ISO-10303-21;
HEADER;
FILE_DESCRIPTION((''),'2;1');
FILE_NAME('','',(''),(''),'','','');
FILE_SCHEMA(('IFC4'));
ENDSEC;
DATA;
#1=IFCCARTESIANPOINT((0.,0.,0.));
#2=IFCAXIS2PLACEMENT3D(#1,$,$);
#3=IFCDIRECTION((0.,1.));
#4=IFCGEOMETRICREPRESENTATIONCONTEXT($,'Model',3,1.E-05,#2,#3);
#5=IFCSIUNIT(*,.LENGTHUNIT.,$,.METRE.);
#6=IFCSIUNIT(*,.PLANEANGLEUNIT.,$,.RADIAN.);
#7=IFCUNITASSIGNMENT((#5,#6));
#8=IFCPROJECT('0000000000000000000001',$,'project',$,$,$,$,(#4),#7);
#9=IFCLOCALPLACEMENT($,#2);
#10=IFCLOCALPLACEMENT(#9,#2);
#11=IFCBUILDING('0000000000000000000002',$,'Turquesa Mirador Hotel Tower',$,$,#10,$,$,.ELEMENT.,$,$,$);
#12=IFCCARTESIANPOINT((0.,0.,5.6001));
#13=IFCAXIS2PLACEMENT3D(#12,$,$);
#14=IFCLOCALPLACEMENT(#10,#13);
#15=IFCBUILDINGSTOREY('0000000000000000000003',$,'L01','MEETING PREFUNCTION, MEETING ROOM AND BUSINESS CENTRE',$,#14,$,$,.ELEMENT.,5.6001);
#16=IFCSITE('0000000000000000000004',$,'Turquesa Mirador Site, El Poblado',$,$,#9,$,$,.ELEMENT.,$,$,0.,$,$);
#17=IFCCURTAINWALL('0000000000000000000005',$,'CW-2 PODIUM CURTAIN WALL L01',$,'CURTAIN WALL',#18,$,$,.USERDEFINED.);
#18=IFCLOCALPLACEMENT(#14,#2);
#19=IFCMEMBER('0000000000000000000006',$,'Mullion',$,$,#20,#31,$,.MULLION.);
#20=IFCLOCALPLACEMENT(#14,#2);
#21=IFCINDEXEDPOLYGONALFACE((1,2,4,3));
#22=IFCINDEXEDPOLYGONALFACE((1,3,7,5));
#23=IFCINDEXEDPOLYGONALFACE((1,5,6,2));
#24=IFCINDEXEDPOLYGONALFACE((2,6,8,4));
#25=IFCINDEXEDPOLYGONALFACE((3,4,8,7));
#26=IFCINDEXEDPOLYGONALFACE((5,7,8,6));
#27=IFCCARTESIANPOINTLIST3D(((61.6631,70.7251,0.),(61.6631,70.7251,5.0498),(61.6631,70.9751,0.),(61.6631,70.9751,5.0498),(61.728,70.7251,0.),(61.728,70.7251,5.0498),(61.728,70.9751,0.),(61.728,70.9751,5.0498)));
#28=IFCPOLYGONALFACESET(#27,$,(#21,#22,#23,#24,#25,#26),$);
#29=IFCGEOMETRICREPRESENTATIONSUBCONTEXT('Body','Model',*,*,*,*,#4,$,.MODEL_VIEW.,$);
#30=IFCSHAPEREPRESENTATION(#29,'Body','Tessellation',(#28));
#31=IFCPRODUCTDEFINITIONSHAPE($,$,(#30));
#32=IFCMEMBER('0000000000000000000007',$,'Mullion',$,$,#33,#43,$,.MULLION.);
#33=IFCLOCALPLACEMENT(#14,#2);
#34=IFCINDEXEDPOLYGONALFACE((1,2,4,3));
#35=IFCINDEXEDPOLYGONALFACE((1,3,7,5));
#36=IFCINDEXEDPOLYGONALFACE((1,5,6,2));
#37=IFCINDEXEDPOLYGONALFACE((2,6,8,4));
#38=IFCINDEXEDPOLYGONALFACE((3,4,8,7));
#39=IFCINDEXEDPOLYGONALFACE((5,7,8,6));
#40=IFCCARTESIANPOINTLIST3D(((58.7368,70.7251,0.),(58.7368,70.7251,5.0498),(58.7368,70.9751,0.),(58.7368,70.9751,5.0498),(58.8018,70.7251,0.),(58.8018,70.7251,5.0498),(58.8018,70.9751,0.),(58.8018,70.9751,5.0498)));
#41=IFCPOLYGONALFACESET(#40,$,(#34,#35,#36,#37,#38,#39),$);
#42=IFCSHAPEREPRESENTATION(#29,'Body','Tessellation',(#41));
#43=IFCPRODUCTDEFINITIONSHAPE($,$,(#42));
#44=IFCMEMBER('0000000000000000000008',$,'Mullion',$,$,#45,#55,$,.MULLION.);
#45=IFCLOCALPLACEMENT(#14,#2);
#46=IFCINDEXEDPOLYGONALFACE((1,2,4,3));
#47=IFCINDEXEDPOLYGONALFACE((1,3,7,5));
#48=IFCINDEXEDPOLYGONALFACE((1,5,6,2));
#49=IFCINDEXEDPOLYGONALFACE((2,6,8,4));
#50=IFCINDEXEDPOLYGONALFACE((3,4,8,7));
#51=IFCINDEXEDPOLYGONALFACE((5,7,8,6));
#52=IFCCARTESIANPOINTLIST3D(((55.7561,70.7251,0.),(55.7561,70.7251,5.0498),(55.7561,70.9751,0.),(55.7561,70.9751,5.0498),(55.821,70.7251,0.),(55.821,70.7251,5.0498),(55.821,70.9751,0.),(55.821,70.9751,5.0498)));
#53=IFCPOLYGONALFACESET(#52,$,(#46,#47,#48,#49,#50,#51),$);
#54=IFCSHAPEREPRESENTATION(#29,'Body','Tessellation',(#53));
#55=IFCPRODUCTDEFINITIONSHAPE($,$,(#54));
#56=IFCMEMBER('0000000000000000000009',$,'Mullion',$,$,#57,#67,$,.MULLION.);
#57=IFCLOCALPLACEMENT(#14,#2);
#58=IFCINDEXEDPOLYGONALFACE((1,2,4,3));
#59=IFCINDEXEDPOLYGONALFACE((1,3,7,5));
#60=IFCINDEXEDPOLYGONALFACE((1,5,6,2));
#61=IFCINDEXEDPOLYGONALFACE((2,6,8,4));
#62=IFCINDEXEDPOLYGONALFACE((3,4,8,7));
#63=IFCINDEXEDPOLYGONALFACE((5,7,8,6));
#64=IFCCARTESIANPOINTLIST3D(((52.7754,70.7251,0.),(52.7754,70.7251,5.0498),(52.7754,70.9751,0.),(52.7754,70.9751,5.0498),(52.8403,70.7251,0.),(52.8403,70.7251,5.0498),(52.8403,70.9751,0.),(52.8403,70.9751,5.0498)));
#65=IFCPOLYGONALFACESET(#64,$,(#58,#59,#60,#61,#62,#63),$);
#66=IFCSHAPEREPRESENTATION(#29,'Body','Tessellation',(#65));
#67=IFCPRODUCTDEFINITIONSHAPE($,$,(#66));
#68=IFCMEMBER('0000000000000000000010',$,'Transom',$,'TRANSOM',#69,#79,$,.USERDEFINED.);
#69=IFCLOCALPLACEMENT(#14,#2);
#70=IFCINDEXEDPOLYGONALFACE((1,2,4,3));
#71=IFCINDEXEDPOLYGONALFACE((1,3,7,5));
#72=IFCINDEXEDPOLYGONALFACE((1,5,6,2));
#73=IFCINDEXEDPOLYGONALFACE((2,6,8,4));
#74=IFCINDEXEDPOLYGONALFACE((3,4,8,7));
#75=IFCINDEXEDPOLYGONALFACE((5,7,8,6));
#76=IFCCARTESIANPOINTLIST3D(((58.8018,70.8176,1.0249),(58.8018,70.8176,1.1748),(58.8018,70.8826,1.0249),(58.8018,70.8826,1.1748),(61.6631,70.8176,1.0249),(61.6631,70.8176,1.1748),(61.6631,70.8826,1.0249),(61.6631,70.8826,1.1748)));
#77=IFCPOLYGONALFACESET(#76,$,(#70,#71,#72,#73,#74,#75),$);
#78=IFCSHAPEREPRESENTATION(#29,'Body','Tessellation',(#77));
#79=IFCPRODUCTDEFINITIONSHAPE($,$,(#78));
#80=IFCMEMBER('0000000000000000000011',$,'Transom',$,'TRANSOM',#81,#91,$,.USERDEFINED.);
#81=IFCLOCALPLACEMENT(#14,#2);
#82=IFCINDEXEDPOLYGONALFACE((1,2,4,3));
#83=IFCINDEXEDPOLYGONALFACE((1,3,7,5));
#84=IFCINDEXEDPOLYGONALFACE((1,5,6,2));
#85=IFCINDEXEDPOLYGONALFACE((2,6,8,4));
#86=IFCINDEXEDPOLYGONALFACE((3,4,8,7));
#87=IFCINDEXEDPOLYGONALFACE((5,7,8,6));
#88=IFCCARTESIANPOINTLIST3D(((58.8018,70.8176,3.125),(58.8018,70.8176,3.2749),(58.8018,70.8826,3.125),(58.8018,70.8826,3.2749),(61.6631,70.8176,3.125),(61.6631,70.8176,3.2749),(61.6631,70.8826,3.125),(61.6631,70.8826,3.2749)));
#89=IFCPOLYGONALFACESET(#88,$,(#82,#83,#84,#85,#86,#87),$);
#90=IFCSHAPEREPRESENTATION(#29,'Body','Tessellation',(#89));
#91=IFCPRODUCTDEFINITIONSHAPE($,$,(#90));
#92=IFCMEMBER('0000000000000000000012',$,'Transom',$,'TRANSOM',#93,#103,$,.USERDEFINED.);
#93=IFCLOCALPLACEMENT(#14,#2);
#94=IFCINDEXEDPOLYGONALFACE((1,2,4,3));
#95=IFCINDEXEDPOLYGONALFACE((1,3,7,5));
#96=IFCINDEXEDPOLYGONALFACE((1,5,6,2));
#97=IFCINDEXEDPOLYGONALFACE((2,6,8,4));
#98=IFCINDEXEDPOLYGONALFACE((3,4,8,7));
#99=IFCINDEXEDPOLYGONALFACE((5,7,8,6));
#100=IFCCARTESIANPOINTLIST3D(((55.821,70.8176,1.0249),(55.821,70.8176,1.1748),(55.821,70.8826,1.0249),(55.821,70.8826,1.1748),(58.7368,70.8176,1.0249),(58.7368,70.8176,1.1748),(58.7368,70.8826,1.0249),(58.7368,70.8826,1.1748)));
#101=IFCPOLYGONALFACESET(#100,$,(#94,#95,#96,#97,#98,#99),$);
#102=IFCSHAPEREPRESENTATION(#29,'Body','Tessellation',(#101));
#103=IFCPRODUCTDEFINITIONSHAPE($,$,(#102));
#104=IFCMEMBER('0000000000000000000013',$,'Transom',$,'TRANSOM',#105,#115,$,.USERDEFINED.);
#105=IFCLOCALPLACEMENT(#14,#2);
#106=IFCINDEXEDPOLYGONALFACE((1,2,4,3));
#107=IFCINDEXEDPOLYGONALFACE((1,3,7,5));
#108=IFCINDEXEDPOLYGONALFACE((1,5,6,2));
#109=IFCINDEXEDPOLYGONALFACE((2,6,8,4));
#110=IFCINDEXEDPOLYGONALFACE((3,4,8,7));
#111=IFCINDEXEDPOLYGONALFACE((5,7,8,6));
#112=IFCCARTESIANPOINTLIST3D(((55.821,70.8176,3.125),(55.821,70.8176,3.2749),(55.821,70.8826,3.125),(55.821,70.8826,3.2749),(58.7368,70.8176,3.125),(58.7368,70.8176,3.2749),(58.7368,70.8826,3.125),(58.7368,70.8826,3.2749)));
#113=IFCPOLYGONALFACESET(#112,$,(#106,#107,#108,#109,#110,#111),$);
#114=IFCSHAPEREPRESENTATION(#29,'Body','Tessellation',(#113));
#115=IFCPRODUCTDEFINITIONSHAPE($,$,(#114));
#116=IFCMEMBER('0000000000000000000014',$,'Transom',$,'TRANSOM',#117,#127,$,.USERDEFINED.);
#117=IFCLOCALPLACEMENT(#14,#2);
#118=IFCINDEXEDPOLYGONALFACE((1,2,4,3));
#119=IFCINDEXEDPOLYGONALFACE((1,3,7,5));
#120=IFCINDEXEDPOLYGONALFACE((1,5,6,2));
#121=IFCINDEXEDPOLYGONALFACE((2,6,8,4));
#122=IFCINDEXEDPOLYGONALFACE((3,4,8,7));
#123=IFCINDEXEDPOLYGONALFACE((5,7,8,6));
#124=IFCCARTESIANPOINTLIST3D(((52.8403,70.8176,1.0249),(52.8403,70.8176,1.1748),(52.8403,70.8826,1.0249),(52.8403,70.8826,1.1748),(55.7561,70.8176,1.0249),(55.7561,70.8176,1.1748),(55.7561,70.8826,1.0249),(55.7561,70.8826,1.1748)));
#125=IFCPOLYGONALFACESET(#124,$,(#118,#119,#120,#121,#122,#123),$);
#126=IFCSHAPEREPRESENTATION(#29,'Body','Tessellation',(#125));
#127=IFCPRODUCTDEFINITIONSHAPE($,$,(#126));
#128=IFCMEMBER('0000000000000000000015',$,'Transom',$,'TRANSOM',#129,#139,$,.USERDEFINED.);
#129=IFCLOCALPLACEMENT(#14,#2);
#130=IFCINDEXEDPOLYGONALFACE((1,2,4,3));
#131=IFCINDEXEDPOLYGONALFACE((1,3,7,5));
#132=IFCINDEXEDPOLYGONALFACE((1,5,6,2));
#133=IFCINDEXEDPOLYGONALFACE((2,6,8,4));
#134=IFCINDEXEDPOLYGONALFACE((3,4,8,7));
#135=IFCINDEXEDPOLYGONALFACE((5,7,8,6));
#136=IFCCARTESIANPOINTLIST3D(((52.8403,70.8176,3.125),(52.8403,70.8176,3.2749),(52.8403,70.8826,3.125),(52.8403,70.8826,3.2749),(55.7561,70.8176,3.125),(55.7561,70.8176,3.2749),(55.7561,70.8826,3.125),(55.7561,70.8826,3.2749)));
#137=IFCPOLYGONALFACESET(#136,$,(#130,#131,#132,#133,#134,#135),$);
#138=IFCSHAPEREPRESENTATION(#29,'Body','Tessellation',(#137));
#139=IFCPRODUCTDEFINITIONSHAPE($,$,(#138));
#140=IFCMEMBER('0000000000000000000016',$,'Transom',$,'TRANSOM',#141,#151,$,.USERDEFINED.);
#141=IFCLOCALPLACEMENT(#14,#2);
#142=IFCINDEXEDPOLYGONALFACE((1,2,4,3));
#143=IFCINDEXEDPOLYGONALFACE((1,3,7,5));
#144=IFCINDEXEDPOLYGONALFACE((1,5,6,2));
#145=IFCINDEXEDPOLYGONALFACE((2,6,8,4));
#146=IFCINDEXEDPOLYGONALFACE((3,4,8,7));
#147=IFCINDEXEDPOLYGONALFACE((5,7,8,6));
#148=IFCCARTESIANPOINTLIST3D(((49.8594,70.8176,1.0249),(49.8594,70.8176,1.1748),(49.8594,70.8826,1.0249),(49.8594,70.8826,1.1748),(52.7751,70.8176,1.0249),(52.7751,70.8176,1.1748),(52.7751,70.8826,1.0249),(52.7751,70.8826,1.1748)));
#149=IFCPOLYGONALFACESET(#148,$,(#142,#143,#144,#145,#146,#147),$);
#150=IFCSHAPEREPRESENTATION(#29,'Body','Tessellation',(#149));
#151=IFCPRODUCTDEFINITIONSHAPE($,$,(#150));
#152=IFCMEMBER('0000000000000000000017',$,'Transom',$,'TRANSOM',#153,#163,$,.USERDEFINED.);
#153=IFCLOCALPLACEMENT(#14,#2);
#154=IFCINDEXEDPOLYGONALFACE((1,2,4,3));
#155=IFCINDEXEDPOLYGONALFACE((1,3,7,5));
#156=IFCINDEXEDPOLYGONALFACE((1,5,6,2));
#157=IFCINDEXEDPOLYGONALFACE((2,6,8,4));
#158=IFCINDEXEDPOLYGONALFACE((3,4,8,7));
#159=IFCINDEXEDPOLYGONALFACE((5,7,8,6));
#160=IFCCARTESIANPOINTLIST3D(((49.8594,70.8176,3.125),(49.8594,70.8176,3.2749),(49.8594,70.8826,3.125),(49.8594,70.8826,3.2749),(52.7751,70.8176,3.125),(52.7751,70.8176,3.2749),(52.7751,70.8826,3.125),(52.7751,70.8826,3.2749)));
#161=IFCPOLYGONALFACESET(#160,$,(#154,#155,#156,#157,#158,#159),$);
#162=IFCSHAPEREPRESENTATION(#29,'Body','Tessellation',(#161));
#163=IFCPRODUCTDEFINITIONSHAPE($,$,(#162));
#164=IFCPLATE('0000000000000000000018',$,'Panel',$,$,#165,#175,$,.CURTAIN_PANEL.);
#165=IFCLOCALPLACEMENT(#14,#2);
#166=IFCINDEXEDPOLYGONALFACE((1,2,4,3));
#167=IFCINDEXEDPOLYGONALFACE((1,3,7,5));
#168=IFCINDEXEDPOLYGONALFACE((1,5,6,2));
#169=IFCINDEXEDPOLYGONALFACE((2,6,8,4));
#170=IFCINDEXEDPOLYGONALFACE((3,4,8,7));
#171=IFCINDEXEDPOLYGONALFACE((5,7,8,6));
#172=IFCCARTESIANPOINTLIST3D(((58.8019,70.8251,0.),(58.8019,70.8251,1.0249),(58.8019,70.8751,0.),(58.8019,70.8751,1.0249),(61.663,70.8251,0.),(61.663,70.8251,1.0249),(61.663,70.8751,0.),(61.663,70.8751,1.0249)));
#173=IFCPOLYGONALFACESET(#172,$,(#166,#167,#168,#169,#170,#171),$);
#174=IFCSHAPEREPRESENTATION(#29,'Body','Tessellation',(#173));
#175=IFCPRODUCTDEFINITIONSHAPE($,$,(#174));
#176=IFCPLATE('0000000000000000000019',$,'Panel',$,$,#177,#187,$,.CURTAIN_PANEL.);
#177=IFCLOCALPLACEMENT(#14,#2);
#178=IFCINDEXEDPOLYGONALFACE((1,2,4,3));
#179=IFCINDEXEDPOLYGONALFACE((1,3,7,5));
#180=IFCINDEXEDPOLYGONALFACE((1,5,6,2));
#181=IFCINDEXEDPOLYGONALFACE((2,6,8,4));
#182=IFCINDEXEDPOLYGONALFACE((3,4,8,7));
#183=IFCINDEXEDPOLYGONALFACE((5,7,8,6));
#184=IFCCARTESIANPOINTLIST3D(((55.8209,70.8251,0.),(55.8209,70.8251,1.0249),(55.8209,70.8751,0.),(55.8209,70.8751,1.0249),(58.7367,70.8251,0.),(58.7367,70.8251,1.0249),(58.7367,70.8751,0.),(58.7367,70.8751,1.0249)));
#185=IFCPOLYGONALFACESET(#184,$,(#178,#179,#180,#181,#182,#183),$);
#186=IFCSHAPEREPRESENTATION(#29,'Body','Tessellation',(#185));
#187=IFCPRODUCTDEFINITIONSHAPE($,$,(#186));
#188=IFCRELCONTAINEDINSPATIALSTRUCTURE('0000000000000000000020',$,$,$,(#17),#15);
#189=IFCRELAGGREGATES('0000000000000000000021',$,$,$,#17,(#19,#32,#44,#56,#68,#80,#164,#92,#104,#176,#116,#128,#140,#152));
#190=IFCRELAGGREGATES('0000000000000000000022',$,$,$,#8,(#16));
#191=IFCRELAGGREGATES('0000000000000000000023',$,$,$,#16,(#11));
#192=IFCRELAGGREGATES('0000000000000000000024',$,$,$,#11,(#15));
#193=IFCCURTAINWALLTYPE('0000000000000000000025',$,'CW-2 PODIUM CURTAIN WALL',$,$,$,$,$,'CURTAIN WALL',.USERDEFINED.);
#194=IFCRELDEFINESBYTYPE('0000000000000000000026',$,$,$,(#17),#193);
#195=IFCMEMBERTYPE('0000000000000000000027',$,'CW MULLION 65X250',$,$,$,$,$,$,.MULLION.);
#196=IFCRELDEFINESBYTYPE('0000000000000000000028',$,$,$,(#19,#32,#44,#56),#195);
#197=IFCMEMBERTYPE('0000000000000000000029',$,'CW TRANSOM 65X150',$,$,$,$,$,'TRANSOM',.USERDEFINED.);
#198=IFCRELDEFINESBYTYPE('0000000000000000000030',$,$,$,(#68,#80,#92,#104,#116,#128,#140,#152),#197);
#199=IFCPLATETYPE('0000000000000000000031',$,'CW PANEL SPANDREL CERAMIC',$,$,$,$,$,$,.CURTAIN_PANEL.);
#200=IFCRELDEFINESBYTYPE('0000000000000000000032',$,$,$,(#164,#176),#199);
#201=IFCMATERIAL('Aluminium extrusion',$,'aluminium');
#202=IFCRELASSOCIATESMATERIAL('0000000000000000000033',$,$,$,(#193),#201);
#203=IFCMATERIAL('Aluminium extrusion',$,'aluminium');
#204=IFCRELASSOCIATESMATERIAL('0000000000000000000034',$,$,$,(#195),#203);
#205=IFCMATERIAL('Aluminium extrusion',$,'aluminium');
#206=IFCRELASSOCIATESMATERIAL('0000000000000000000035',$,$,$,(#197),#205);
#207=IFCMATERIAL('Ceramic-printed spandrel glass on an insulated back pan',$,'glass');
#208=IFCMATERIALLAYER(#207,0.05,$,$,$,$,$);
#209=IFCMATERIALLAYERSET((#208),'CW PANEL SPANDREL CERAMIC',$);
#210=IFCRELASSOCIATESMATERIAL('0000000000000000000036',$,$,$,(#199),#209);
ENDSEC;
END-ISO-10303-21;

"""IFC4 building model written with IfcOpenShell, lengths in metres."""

from ifc_helpers import new_model, si_unit, direction, frame, origin, origin_2d, place, context, subcontext, project, spatial, rectangle, extrude, material, layer, layer_set, material_profile, profile_set, type_object, element, aggregate, save


model = new_model("IFC4")

# Units and contexts
model_context = context("Model", 3, precision=1e-05, world=origin(), true_north=direction((0.0, 1.0)))
body_context = subcontext(model_context, "Body", "Model", "MODEL_VIEW")
ifc_project = project(units=[si_unit("LENGTHUNIT", "METRE"), si_unit("PLANEANGLEUNIT", "RADIAN")], contexts=[model_context])

# Site, building, storey
site_placement = place(None, origin())
site = spatial("IfcSite", under=ifc_project, at=site_placement, Name="Turquesa Mirador Site, El Poblado", CompositionType="ELEMENT", RefElevation=0.0)
building_placement = place(site_placement, origin())
building = spatial("IfcBuilding", under=site, at=building_placement, Name="Turquesa Mirador Hotel Tower", CompositionType="ELEMENT")
storey_placement = place(building_placement, frame((0.0, 0.0, 5.6001)))
storey = spatial("IfcBuildingStorey", under=building, at=storey_placement, Name="L01", Description="MEETING PREFUNCTION, MEETING ROOM AND BUSINESS CENTRE", CompositionType="ELEMENT", Elevation=5.6001)

# Curtain wall, members, plates
ifc_material_1 = material(Name="Aluminium extrusion", Category="aluminium")
curtain_wall_type = type_object("IfcCurtainWallType", Name="CW-2 PODIUM CURTAIN WALL", ElementType="CURTAIN WALL", PredefinedType="USERDEFINED", material=ifc_material_1)
curtain_wall_placement = place(storey_placement, origin())
curtain_wall = element("IfcCurtainWall", 1, at=curtain_wall_placement, inside=storey, type_object=curtain_wall_type, Name="CW-2 PODIUM CURTAIN WALL L01", ObjectType="CURTAIN WALL", PredefinedType="USERDEFINED")
ifc_material_2 = material(Name="Aluminium extrusion", Category="aluminium")
ifc_material_profile_1 = material_profile(ifc_material_2, rectangle(XDim=0.0649, YDim=0.25, at=origin_2d()), Name="MULLION 65X250")
ifc_profile_set_1 = profile_set([ifc_material_profile_1], Name="Aluminium extrusion")
member_type_1 = type_object("IfcMemberType", Name="CW MULLION 65X250", PredefinedType="MULLION", material=ifc_profile_set_1)
member_1_placement = place(storey_placement, frame((61.6956, 70.8501, 0.0), z_axis=(0.0, 0.0, 1.0), x_axis=(-1.0, 0.0, 0.0)))
member_1 = element("IfcMember", 2, at=member_1_placement, type_object=member_type_1, Name="Mullion", PredefinedType="MULLION", context=body_context, shape_type="SweptSolid", body=[
    extrude(rectangle(XDim=0.0649, YDim=0.25, at=origin_2d()), origin(), (0.0, 0.0, 1.0), 5.0498),
])
member_2_placement = place(storey_placement, frame((58.7693, 70.8501, 0.0), z_axis=(0.0, 0.0, 1.0), x_axis=(-1.0, 0.0, 0.0)))
member_2 = element("IfcMember", 3, at=member_2_placement, type_object=member_type_1, Name="Mullion", PredefinedType="MULLION", context=body_context, shape_type="SweptSolid", body=[
    extrude(rectangle(XDim=0.0649, YDim=0.25, at=origin_2d()), origin(), (0.0, 0.0, 1.0), 5.0498),
])
member_3_placement = place(storey_placement, frame((55.7886, 70.8501, 0.0), z_axis=(0.0, 0.0, 1.0), x_axis=(-1.0, 0.0, 0.0)))
member_3 = element("IfcMember", 4, at=member_3_placement, type_object=member_type_1, Name="Mullion", PredefinedType="MULLION", context=body_context, shape_type="SweptSolid", body=[
    extrude(rectangle(XDim=0.0649, YDim=0.25, at=origin_2d()), origin(), (0.0, 0.0, 1.0), 5.0498),
])
member_4_placement = place(storey_placement, frame((52.8079, 70.8501, 0.0), z_axis=(0.0, 0.0, 1.0), x_axis=(-1.0, 0.0, 0.0)))
member_4 = element("IfcMember", 5, at=member_4_placement, type_object=member_type_1, Name="Mullion", PredefinedType="MULLION", context=body_context, shape_type="SweptSolid", body=[
    extrude(rectangle(XDim=0.0649, YDim=0.25, at=origin_2d()), origin(), (0.0, 0.0, 1.0), 5.0498),
])
ifc_material_3 = material(Name="Aluminium extrusion", Category="aluminium")
ifc_material_profile_2 = material_profile(ifc_material_3, rectangle(XDim=0.0649, YDim=0.1499, at=origin_2d()), Name="TRANSOM 65X150")
ifc_profile_set_2 = profile_set([ifc_material_profile_2], Name="Aluminium extrusion")
member_type_2 = type_object("IfcMemberType", Name="CW TRANSOM 65X150", ElementType="TRANSOM", PredefinedType="USERDEFINED", material=ifc_profile_set_2)
member_5_placement = place(storey_placement, frame((61.6631, 70.8501, 1.0999), z_axis=(-1.0, 0.0, 0.0), x_axis=(0.0, -1.0, 0.0)))
member_5 = element("IfcMember", 6, at=member_5_placement, type_object=member_type_2, Name="Transom", ObjectType="TRANSOM", PredefinedType="USERDEFINED", context=body_context, shape_type="SweptSolid", body=[
    extrude(rectangle(XDim=0.0649, YDim=0.1499, at=origin_2d()), origin(), (0.0, 0.0, 1.0), 2.8613),
])
member_6_placement = place(storey_placement, frame((61.6631, 70.8501, 3.2), z_axis=(-1.0, 0.0, 0.0), x_axis=(0.0, -1.0, 0.0)))
member_6 = element("IfcMember", 7, at=member_6_placement, type_object=member_type_2, Name="Transom", ObjectType="TRANSOM", PredefinedType="USERDEFINED", context=body_context, shape_type="SweptSolid", body=[
    extrude(rectangle(XDim=0.0649, YDim=0.1499, at=origin_2d()), origin(), (0.0, 0.0, 1.0), 2.8613),
])
member_7_placement = place(storey_placement, frame((58.7368, 70.8501, 1.0999), z_axis=(-1.0, 0.0, 0.0), x_axis=(0.0, -1.0, 0.0)))
member_7 = element("IfcMember", 8, at=member_7_placement, type_object=member_type_2, Name="Transom", ObjectType="TRANSOM", PredefinedType="USERDEFINED", context=body_context, shape_type="SweptSolid", body=[
    extrude(rectangle(XDim=0.0649, YDim=0.1499, at=origin_2d()), origin(), (0.0, 0.0, 1.0), 2.9158),
])
member_8_placement = place(storey_placement, frame((58.7368, 70.8501, 3.2), z_axis=(-1.0, 0.0, 0.0), x_axis=(0.0, -1.0, 0.0)))
member_8 = element("IfcMember", 9, at=member_8_placement, type_object=member_type_2, Name="Transom", ObjectType="TRANSOM", PredefinedType="USERDEFINED", context=body_context, shape_type="SweptSolid", body=[
    extrude(rectangle(XDim=0.0649, YDim=0.1499, at=origin_2d()), origin(), (0.0, 0.0, 1.0), 2.9158),
])
member_9_placement = place(storey_placement, frame((55.7561, 70.8501, 1.0999), z_axis=(-1.0, 0.0, 0.0), x_axis=(0.0, -1.0, 0.0)))
member_9 = element("IfcMember", 10, at=member_9_placement, type_object=member_type_2, Name="Transom", ObjectType="TRANSOM", PredefinedType="USERDEFINED", context=body_context, shape_type="SweptSolid", body=[
    extrude(rectangle(XDim=0.0649, YDim=0.1499, at=origin_2d()), origin(), (0.0, 0.0, 1.0), 2.9158),
])
member_10_placement = place(storey_placement, frame((55.7561, 70.8501, 3.2), z_axis=(-1.0, 0.0, 0.0), x_axis=(0.0, -1.0, 0.0)))
member_10 = element("IfcMember", 11, at=member_10_placement, type_object=member_type_2, Name="Transom", ObjectType="TRANSOM", PredefinedType="USERDEFINED", context=body_context, shape_type="SweptSolid", body=[
    extrude(rectangle(XDim=0.0649, YDim=0.1499, at=origin_2d()), origin(), (0.0, 0.0, 1.0), 2.9158),
])
member_11_placement = place(storey_placement, frame((52.7751, 70.8501, 1.0999), z_axis=(-1.0, 0.0, 0.0), x_axis=(0.0, -1.0, 0.0)))
member_11 = element("IfcMember", 12, at=member_11_placement, type_object=member_type_2, Name="Transom", ObjectType="TRANSOM", PredefinedType="USERDEFINED", context=body_context, shape_type="SweptSolid", body=[
    extrude(rectangle(XDim=0.0649, YDim=0.1499, at=origin_2d()), origin(), (0.0, 0.0, 1.0), 2.9158),
])
member_12_placement = place(storey_placement, frame((52.7751, 70.8501, 3.2), z_axis=(-1.0, 0.0, 0.0), x_axis=(0.0, -1.0, 0.0)))
member_12 = element("IfcMember", 13, at=member_12_placement, type_object=member_type_2, Name="Transom", ObjectType="TRANSOM", PredefinedType="USERDEFINED", context=body_context, shape_type="SweptSolid", body=[
    extrude(rectangle(XDim=0.0649, YDim=0.1499, at=origin_2d()), origin(), (0.0, 0.0, 1.0), 2.9158),
])
ifc_material_4 = material(Name="Ceramic-printed spandrel glass on an insulated back pan", Category="glass")
ifc_layer_1 = layer(ifc_material_4, 0.05)
ifc_layer_set_1 = layer_set([ifc_layer_1], Name="CW PANEL SPANDREL CERAMIC")
plate_type_1 = type_object("IfcPlateType", Name="CW PANEL SPANDREL CERAMIC", PredefinedType="CURTAIN_PANEL", material=ifc_layer_set_1)
plate_1_placement = place(storey_placement, frame((60.2324, 70.8501, 0.0), z_axis=(0.0, 0.0, 1.0), x_axis=(-1.0, 0.0, 0.0)))
plate_1 = element("IfcPlate", 14, at=plate_1_placement, type_object=plate_type_1, Name="Panel", PredefinedType="CURTAIN_PANEL", context=body_context, shape_type="SweptSolid", body=[
    extrude(rectangle(XDim=2.8611, YDim=0.05, at=origin_2d()), origin(), (0.0, 0.0, 1.0), 1.0249),
])
plate_2_placement = place(storey_placement, frame((57.2788, 70.8501, 0.0), z_axis=(0.0, 0.0, 1.0), x_axis=(-1.0, 0.0, 0.0)))
plate_2 = element("IfcPlate", 15, at=plate_2_placement, type_object=plate_type_1, Name="Panel", PredefinedType="CURTAIN_PANEL", context=body_context, shape_type="SweptSolid", body=[
    extrude(rectangle(XDim=2.9158, YDim=0.05, at=origin_2d()), origin(), (0.0, 0.0, 1.0), 1.0249),
])
aggregate(curtain_wall, [member_1, member_2, member_3, member_4, member_5, member_6, plate_1, member_7, member_8, plate_2, member_9, member_10, member_11, member_12])

save(model, "model.ifc")
